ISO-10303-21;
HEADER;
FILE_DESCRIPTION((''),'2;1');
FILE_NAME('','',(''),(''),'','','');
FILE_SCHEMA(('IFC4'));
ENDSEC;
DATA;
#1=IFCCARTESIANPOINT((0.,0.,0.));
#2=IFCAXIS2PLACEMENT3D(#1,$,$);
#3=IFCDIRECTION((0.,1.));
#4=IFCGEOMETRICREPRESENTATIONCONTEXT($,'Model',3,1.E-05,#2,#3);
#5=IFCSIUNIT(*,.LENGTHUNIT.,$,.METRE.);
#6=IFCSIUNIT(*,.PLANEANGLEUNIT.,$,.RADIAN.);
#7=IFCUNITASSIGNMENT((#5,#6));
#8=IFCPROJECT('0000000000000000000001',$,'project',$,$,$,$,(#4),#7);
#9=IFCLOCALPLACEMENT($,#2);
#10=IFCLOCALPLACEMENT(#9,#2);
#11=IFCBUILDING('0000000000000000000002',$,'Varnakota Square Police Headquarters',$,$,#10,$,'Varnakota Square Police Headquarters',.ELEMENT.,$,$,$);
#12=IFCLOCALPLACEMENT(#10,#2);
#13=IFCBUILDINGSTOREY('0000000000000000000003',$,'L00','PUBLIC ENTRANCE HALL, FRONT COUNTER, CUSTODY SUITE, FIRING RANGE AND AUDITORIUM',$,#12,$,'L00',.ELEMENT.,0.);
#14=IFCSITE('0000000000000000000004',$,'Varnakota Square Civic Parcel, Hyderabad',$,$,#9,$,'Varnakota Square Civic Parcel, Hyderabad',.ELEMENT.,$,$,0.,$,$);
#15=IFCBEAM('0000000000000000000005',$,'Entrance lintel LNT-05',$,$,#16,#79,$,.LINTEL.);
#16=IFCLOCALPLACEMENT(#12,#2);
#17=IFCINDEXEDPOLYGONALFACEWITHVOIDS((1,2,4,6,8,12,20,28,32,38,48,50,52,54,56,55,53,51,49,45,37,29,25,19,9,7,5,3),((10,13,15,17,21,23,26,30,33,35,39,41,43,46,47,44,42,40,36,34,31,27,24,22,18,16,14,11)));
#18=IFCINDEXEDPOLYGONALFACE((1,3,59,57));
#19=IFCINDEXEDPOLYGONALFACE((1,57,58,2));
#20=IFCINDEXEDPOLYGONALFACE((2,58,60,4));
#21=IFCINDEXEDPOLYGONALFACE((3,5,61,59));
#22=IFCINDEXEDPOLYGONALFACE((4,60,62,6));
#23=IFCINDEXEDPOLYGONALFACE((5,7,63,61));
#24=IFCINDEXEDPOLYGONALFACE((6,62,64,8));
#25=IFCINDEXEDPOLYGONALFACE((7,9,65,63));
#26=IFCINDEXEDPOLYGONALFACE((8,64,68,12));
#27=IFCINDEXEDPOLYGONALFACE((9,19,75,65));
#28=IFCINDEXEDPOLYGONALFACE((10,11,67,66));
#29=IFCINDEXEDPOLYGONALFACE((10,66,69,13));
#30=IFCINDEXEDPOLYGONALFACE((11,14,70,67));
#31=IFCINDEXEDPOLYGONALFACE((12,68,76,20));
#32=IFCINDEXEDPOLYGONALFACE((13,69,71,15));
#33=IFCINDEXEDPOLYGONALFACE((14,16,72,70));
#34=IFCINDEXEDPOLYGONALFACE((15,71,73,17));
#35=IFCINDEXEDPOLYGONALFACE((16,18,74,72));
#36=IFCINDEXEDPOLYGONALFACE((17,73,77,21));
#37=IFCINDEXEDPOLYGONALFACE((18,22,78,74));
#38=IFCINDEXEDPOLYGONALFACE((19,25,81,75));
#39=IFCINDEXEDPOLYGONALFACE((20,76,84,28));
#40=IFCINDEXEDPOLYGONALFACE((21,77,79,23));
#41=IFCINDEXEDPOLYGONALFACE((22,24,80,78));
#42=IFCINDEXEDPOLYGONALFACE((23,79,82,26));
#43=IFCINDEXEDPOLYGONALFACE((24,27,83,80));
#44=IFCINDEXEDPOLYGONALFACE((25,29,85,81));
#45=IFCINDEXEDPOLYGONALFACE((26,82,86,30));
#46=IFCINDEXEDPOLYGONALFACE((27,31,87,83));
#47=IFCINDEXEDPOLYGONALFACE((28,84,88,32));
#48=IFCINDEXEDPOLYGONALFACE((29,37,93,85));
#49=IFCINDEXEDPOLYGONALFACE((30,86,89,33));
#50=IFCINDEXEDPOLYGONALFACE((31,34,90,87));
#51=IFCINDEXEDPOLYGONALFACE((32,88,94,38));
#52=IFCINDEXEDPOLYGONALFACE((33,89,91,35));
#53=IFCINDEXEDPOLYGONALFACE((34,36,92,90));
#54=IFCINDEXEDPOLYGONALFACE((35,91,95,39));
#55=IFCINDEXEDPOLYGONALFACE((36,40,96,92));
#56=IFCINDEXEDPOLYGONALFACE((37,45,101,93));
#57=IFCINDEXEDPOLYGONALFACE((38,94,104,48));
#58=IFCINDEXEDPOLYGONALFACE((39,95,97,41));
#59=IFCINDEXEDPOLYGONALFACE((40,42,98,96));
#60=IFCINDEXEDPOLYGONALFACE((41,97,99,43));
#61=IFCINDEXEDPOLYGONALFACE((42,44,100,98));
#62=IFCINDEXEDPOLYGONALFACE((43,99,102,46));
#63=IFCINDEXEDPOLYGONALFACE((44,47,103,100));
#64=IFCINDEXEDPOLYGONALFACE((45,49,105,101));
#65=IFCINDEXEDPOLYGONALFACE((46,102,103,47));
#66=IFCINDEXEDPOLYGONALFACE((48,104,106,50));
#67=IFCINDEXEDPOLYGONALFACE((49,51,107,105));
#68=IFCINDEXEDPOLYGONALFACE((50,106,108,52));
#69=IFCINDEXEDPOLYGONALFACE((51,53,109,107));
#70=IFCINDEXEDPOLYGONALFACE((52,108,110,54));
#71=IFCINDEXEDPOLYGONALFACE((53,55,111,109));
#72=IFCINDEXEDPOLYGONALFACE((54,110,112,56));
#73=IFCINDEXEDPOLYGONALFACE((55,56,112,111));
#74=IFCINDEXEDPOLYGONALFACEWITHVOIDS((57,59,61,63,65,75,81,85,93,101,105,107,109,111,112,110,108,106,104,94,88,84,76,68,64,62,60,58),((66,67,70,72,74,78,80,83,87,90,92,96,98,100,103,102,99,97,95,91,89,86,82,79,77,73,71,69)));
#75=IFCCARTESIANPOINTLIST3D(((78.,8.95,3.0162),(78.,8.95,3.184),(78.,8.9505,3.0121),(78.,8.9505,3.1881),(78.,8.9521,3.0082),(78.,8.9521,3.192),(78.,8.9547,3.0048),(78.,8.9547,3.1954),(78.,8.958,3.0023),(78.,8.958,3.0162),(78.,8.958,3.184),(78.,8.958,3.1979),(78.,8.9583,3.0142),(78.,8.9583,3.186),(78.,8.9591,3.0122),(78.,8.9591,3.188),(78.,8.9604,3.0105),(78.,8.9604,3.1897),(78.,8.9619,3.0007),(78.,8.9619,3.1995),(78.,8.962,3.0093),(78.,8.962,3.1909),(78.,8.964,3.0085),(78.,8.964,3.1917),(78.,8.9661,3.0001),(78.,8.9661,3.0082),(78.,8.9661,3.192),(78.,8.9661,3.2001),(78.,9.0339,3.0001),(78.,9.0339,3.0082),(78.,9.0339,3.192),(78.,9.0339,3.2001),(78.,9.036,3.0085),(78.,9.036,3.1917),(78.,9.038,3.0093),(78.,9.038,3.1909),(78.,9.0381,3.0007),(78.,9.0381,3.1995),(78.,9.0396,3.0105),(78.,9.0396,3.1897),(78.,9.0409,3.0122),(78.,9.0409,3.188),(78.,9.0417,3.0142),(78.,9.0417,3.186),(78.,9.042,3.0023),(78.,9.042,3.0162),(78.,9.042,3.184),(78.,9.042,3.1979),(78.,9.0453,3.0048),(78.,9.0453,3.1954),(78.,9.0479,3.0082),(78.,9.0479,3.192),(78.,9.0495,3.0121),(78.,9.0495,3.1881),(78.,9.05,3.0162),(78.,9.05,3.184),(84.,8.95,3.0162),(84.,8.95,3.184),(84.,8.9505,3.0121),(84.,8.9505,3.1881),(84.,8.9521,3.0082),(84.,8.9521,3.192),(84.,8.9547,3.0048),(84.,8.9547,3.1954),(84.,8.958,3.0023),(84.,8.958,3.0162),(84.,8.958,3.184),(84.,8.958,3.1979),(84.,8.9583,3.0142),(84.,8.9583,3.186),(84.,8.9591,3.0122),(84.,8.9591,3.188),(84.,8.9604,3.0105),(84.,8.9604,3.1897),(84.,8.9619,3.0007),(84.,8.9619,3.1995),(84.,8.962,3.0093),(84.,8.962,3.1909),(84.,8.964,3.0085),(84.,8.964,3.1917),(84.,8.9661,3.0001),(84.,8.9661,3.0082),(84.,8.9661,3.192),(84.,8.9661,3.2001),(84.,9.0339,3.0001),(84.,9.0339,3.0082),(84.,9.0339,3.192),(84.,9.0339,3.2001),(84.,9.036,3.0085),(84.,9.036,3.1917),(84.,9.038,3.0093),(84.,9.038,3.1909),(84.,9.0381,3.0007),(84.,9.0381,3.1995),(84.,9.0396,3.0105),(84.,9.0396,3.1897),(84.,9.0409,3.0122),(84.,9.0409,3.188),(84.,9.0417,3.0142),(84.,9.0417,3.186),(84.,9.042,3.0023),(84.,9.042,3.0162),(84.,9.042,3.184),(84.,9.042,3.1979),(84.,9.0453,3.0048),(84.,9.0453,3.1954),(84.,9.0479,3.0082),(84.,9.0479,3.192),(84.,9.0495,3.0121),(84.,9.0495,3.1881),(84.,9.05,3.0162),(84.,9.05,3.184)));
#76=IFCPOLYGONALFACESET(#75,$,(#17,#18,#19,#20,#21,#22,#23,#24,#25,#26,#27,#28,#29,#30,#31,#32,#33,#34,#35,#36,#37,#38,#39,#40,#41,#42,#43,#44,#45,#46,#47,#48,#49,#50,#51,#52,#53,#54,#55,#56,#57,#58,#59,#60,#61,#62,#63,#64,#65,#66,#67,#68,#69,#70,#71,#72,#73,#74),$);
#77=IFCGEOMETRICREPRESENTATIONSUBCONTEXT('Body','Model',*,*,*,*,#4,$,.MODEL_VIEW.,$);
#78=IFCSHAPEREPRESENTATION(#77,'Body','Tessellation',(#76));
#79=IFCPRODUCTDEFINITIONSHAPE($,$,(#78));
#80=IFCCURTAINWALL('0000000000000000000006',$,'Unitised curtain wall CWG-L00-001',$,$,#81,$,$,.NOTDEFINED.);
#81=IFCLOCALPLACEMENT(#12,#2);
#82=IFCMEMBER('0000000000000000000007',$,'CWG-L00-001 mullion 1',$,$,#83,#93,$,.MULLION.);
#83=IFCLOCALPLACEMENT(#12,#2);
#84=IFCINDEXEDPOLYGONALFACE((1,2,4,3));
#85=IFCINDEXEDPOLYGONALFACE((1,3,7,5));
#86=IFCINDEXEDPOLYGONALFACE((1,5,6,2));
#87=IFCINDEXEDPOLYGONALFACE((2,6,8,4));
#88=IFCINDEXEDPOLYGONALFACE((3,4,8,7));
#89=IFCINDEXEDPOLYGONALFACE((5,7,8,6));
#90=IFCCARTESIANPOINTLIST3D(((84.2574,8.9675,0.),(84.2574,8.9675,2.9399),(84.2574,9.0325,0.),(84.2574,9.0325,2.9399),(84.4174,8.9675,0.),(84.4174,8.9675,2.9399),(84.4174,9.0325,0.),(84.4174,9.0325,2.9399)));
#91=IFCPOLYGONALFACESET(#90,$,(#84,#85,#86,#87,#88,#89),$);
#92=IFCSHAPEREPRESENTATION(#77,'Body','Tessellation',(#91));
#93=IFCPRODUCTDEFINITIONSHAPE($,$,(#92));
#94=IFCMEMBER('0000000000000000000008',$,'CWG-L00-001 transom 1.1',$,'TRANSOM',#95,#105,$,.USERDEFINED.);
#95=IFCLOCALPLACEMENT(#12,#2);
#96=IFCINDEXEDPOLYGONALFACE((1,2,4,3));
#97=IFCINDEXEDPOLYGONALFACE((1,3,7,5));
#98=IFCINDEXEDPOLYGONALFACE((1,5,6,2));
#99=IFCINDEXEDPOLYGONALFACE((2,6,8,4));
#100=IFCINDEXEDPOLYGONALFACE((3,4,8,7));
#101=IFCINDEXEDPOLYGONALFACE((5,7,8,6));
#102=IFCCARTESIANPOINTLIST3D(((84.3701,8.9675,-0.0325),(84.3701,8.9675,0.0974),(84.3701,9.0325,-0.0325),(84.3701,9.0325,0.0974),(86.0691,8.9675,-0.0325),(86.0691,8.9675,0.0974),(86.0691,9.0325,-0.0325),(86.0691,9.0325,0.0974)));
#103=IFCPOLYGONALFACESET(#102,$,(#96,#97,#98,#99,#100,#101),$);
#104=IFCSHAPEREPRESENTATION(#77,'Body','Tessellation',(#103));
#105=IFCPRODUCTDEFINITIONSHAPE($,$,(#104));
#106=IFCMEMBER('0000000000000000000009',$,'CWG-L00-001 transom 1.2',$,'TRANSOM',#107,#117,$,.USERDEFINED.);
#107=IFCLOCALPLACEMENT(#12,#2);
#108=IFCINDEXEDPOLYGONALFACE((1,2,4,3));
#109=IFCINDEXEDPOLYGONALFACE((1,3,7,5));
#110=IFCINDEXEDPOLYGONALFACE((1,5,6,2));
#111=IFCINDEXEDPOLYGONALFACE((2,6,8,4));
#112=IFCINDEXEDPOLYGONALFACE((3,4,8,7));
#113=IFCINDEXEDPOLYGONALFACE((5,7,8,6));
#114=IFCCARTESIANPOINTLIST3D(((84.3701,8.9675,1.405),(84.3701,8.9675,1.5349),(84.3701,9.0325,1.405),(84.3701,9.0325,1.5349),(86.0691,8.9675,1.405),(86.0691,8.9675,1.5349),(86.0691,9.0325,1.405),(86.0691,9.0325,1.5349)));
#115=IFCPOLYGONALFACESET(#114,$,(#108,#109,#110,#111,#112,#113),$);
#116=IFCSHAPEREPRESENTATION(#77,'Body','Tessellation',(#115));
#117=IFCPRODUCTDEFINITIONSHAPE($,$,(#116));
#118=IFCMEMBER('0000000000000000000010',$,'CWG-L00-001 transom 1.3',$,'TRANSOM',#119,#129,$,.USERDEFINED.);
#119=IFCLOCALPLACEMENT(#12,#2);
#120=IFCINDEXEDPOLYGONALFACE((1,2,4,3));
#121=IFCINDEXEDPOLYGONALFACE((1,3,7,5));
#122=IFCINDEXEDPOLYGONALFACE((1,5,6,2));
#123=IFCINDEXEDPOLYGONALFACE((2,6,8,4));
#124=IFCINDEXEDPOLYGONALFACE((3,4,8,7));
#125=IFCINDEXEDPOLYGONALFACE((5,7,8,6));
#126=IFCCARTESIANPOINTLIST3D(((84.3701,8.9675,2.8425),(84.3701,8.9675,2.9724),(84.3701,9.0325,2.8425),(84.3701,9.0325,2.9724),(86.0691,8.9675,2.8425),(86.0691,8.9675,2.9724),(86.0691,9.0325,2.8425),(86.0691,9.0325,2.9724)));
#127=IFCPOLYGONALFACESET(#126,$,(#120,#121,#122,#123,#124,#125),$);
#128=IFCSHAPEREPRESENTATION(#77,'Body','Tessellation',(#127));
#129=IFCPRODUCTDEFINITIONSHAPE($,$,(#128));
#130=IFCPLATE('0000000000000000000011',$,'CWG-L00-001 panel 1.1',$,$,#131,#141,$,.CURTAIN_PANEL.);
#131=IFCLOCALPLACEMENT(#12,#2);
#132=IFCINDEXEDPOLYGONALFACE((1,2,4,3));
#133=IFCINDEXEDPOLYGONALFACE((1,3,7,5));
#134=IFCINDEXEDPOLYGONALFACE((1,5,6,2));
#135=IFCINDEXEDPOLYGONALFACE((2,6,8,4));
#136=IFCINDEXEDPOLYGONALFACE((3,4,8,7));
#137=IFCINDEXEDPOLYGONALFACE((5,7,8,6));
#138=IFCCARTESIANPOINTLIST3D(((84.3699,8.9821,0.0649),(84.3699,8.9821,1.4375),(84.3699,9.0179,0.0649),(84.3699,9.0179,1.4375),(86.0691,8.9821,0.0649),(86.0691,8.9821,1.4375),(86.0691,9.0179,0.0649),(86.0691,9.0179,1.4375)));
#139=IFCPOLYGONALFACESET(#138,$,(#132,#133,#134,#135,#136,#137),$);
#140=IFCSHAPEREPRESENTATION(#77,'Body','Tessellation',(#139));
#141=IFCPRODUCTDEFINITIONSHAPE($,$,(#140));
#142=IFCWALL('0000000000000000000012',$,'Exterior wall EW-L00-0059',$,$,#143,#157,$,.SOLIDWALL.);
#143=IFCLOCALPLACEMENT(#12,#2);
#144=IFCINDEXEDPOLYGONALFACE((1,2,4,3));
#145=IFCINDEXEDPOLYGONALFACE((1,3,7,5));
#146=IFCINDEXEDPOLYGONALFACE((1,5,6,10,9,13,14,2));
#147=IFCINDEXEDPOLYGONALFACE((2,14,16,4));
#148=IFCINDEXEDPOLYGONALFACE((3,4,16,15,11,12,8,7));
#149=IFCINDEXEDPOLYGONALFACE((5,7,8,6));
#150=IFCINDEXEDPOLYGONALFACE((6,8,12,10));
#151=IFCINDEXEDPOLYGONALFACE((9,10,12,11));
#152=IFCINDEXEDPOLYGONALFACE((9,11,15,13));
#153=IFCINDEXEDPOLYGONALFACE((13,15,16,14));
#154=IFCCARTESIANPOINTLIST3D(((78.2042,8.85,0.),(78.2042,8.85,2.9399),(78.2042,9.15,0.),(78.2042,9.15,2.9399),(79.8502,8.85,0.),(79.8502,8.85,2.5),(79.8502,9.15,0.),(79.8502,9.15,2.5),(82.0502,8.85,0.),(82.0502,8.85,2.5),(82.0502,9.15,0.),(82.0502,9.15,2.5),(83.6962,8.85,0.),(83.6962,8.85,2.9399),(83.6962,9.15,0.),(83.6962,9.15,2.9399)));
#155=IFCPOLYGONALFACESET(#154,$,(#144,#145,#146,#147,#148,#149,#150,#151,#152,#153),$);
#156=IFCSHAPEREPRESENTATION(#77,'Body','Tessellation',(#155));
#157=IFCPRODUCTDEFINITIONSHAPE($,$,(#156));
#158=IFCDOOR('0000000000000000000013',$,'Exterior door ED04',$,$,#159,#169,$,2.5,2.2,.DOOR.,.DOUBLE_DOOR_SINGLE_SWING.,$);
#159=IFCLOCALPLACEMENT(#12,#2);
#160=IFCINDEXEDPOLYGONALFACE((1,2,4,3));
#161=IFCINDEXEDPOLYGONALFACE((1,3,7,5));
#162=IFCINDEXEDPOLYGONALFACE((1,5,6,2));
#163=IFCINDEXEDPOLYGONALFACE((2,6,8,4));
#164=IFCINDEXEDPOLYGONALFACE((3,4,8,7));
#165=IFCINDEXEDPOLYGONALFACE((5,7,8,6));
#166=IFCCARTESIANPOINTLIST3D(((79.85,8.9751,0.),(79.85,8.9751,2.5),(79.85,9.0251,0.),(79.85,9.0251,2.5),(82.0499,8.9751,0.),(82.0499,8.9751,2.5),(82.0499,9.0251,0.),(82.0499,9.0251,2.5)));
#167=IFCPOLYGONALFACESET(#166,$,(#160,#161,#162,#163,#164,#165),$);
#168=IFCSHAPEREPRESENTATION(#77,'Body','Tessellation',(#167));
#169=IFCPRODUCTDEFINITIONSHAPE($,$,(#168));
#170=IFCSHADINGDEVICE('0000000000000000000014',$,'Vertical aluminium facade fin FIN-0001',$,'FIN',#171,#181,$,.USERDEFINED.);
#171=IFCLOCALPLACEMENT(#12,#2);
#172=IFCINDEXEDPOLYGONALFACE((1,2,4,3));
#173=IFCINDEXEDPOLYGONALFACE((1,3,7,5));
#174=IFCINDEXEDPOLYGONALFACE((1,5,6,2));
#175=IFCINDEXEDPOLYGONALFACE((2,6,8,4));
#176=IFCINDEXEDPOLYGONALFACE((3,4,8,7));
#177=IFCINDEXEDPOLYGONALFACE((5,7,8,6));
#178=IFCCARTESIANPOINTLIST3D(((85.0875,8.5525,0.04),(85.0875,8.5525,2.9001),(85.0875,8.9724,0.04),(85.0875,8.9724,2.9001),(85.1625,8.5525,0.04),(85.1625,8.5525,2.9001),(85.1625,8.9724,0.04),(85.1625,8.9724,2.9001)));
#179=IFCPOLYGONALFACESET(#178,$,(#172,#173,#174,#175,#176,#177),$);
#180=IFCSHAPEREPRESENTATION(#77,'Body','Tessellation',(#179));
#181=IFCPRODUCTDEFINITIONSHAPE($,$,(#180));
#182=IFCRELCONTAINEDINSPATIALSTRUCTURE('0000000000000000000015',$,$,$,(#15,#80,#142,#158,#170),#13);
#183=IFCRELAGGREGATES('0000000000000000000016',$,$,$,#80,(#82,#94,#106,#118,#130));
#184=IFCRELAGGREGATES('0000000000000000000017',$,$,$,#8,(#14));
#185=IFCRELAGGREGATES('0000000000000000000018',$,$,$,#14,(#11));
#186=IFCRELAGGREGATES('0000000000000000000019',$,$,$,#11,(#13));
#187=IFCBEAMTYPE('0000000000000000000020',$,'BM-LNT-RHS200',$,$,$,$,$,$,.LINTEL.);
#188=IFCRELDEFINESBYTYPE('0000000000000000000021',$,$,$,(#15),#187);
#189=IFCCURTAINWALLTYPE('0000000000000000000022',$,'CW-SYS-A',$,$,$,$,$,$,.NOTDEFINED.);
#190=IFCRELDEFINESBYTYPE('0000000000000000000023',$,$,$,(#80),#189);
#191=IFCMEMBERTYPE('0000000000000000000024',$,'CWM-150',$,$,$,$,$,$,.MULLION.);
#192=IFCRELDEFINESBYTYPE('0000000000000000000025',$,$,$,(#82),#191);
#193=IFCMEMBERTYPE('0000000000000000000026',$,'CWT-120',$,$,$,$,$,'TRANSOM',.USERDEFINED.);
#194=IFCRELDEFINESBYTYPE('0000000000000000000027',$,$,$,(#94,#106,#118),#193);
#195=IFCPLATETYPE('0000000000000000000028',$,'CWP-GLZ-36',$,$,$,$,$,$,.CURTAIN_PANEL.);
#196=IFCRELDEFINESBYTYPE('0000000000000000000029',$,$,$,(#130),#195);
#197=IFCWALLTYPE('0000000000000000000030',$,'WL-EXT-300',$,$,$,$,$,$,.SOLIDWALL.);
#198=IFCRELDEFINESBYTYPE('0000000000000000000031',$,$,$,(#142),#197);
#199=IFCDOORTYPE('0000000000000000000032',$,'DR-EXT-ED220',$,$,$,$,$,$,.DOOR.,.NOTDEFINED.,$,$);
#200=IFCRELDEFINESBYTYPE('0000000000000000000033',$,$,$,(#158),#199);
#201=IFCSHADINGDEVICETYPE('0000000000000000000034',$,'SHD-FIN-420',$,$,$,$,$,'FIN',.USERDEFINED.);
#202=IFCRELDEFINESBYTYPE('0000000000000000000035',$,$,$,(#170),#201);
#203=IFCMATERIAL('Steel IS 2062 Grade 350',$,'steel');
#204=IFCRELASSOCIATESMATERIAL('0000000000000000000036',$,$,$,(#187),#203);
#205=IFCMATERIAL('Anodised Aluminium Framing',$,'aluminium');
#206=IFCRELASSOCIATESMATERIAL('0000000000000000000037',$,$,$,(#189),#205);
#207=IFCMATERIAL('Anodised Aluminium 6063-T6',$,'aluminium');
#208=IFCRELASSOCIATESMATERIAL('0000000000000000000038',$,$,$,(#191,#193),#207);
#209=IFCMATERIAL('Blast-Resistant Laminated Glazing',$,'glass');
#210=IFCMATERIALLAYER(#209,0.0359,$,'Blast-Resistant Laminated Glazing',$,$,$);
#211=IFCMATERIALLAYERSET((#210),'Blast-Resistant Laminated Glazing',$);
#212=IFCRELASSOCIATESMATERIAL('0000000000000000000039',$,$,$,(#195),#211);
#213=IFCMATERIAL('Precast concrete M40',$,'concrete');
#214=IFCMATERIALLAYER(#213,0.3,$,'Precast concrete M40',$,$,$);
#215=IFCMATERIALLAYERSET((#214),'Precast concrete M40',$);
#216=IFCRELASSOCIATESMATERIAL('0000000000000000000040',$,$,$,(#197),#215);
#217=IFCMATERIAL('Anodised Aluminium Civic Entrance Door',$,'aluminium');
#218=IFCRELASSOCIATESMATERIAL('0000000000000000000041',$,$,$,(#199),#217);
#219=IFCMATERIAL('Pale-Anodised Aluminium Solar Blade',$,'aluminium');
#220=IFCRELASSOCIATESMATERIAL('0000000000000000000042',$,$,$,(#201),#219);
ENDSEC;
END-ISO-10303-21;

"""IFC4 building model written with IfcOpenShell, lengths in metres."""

from ifc_helpers import new_model, si_unit, direction, frame, frame_2d, origin, origin_2d, place, context, subcontext, project, spatial, rectangle, hollow_rectangle, extrude, material, layer, layer_set, material_profile, profile_set, type_object, element, fill, aggregate, save


model = new_model("IFC4")

# Units and contexts
model_context = context("Model", 3, precision=1e-05, world=origin(), true_north=direction((0.0, 1.0)))
body_context = subcontext(model_context, "Body", "Model", "MODEL_VIEW")
ifc_project = project(units=[si_unit("LENGTHUNIT", "METRE"), si_unit("PLANEANGLEUNIT", "RADIAN")], contexts=[model_context])

# Site, building, storey
site_placement = place(None, origin())
site = spatial("IfcSite", under=ifc_project, at=site_placement, Name="Varnakota Square Civic Parcel, Hyderabad", LongName="Varnakota Square Civic Parcel, Hyderabad", CompositionType="ELEMENT", RefElevation=0.0)
building_placement = place(site_placement, origin())
building = spatial("IfcBuilding", under=site, at=building_placement, Name="Varnakota Square Police Headquarters", LongName="Varnakota Square Police Headquarters", CompositionType="ELEMENT")
storey_placement = place(building_placement, origin())
storey = spatial("IfcBuildingStorey", under=building, at=storey_placement, Name="L00", Description="PUBLIC ENTRANCE HALL, FRONT COUNTER, CUSTODY SUITE, FIRING RANGE AND AUDITORIUM", LongName="L00", CompositionType="ELEMENT", Elevation=0.0)

# Beam
ifc_material_1 = material(Name="Steel IS 2062 Grade 350", Category="steel")
ifc_material_profile_1 = material_profile(ifc_material_1, hollow_rectangle(XDim=0.1001, YDim=0.2, WallThickness=0.0081, InnerFilletRadius=0.0081, OuterFilletRadius=0.0161, at=origin_2d()), Name="RHS 200x100x8")
ifc_profile_set_1 = profile_set([ifc_material_profile_1], Name="Steel IS 2062 Grade 350")
beam_type_1 = type_object("IfcBeamType", Name="BM-LNT-RHS200", PredefinedType="LINTEL", material=ifc_profile_set_1)
beam_1_placement = place(storey_placement, frame((78.0, 9.0, 3.1001), z_axis=(1.0, 0.0, 0.0), x_axis=(0.0, 1.0, 0.0)))
element("IfcBeam", 1, at=beam_1_placement, inside=storey, type_object=beam_type_1, Name="Entrance lintel LNT-05", PredefinedType="LINTEL", context=body_context, shape_type="SweptSolid", body=[
    extrude(hollow_rectangle(XDim=0.1001, YDim=0.2, WallThickness=0.0081, InnerFilletRadius=0.0081, OuterFilletRadius=0.0161, at=origin_2d()), origin(), (0.0, 0.0, 1.0), 6.0),
])

# Curtain wall, members, plate
ifc_material_2 = material(Name="Anodised Aluminium Framing", Category="aluminium")
curtain_wall_type = type_object("IfcCurtainWallType", Name="CW-SYS-A", PredefinedType="NOTDEFINED", material=ifc_material_2)
curtain_wall_placement = place(storey_placement, origin())
curtain_wall = element("IfcCurtainWall", 2, at=curtain_wall_placement, inside=storey, type_object=curtain_wall_type, Name="Unitised curtain wall CWG-L00-001", PredefinedType="NOTDEFINED")
ifc_material_3 = material(Name="Anodised Aluminium 6063-T6", Category="aluminium")
ifc_material_profile_2 = material_profile(ifc_material_3, rectangle(XDim=0.0649, YDim=0.1599, at=origin_2d()), Name="ALU MULLION 65x160")
ifc_profile_set_2 = profile_set([ifc_material_profile_2], Name="Anodised Aluminium 6063-T6")
member_type_1 = type_object("IfcMemberType", Name="CWM-150", PredefinedType="MULLION", material=ifc_profile_set_2)
member_1_placement = place(storey_placement, frame((84.3374, 9.0, 0.0), z_axis=(0.0, 0.0, 1.0), x_axis=(0.0, 1.0, 0.0)))
member_1 = element("IfcMember", 3, at=member_1_placement, type_object=member_type_1, Name="CWG-L00-001 mullion 1", PredefinedType="MULLION", context=body_context, shape_type="SweptSolid", body=[
    extrude(rectangle(XDim=0.0649, YDim=0.1599, at=origin_2d()), origin(), (0.0, 0.0, 1.0), 2.9399),
])
ifc_material_profile_3 = material_profile(ifc_material_3, rectangle(XDim=0.0649, YDim=0.1299, at=origin_2d()), Name="ALU TRANSOM 65x130")
ifc_profile_set_3 = profile_set([ifc_material_profile_3], Name="Anodised Aluminium 6063-T6")
member_type_2 = type_object("IfcMemberType", Name="CWT-120", ElementType="TRANSOM", PredefinedType="USERDEFINED", material=ifc_profile_set_3)
member_2_placement = place(storey_placement, frame((84.3701, 9.0, 0.0325), z_axis=(1.0, 0.0, 0.0), x_axis=(0.0, 1.0, 0.0)))
member_2 = element("IfcMember", 4, at=member_2_placement, type_object=member_type_2, Name="CWG-L00-001 transom 1.1", ObjectType="TRANSOM", PredefinedType="USERDEFINED", context=body_context, shape_type="SweptSolid", body=[
    extrude(rectangle(XDim=0.0649, YDim=0.1299, at=origin_2d()), origin(), (0.0, 0.0, 1.0), 1.699),
])
member_3_placement = place(storey_placement, frame((84.3701, 9.0, 1.47), z_axis=(1.0, 0.0, 0.0), x_axis=(0.0, 1.0, 0.0)))
member_3 = element("IfcMember", 5, at=member_3_placement, type_object=member_type_2, Name="CWG-L00-001 transom 1.2", ObjectType="TRANSOM", PredefinedType="USERDEFINED", context=body_context, shape_type="SweptSolid", body=[
    extrude(rectangle(XDim=0.0649, YDim=0.1299, at=origin_2d()), origin(), (0.0, 0.0, 1.0), 1.699),
])
member_4_placement = place(storey_placement, frame((84.3701, 9.0, 2.9075), z_axis=(1.0, 0.0, 0.0), x_axis=(0.0, 1.0, 0.0)))
member_4 = element("IfcMember", 6, at=member_4_placement, type_object=member_type_2, Name="CWG-L00-001 transom 1.3", ObjectType="TRANSOM", PredefinedType="USERDEFINED", context=body_context, shape_type="SweptSolid", body=[
    extrude(rectangle(XDim=0.0649, YDim=0.1299, at=origin_2d()), origin(), (0.0, 0.0, 1.0), 1.699),
])
ifc_material_4 = material(Name="Blast-Resistant Laminated Glazing", Category="glass")
ifc_layer_1 = layer(ifc_material_4, 0.0359, Name="Blast-Resistant Laminated Glazing")
ifc_layer_set_1 = layer_set([ifc_layer_1], Name="Blast-Resistant Laminated Glazing")
plate_type = type_object("IfcPlateType", Name="CWP-GLZ-36", PredefinedType="CURTAIN_PANEL", material=ifc_layer_set_1)
plate_placement = place(storey_placement, frame((85.2195, 9.0, 0.0649), z_axis=(0.0, 0.0, 1.0), x_axis=(1.0, 0.0, 0.0)))
plate = element("IfcPlate", 7, at=plate_placement, type_object=plate_type, Name="CWG-L00-001 panel 1.1", PredefinedType="CURTAIN_PANEL", context=body_context, shape_type="SweptSolid", body=[
    extrude(rectangle(XDim=1.6992, YDim=0.0359, at=origin_2d()), origin(), (0.0, 0.0, 1.0), 1.3726),
])
aggregate(curtain_wall, [member_1, member_2, member_3, member_4, plate])

# Wall, opening, door
ifc_material_5 = material(Name="Precast concrete M40", Category="concrete")
ifc_layer_2 = layer(ifc_material_5, 0.3, Name="Precast concrete M40")
ifc_layer_set_2 = layer_set([ifc_layer_2], Name="Precast concrete M40")
wall_type = type_object("IfcWallType", Name="WL-EXT-300", PredefinedType="SOLIDWALL", material=ifc_layer_set_2)
wall_placement = place(storey_placement, frame((78.2041, 9.0, 0.0), z_axis=(0.0, 0.0, 1.0), x_axis=(1.0, 0.0, 0.0)))
wall = element("IfcWall", 8, at=wall_placement, inside=storey, type_object=wall_type, Name="Exterior wall EW-L00-0059", PredefinedType="SOLIDWALL", context=body_context, shape_type="SweptSolid", body=[
    extrude(rectangle(XDim=5.4919, YDim=0.3, at=frame_2d((2.7461, 0.0))), origin(), (0.0, 0.0, 1.0), 2.9399),
])
opening_placement = place(wall_placement, frame((1.646, 0.0, 0.0)))
opening = element("IfcOpeningElement", 9, at=opening_placement, cuts=wall, PredefinedType="OPENING", context=body_context, shape_type="SweptSolid", body=[
    extrude(rectangle(XDim=2.2, YDim=2.5, at=frame_2d((1.1001, 1.25))), frame((0.0, 0.1599, 0.0), z_axis=(0.0, -1.0, 0.0), x_axis=(1.0, 0.0, 0.0)), (0.0, 0.0, 1.0), 0.3201),
])
ifc_material_6 = material(Name="Anodised Aluminium Civic Entrance Door", Category="aluminium")
door_type = type_object("IfcDoorType", Name="DR-EXT-ED220", OperationType="NOTDEFINED", PredefinedType="DOOR", material=ifc_material_6)
door_placement = place(opening_placement, frame((2.2, 0.0, 0.0), z_axis=(0.0, 0.0, 1.0), x_axis=(-1.0, 0.0, 0.0)))
door = element("IfcDoor", 10, at=door_placement, inside=storey, type_object=door_type, Name="Exterior door ED04", OperationType="DOUBLE_DOOR_SINGLE_SWING", OverallHeight=2.5, OverallWidth=2.2, PredefinedType="DOOR", context=body_context, shape_type="SweptSolid", body=[
    extrude(rectangle(XDim=2.2, YDim=2.5, at=frame_2d((1.1001, 1.25))), frame((0.0, 0.0249, 0.0), z_axis=(0.0, -1.0, 0.0), x_axis=(1.0, 0.0, 0.0)), (0.0, 0.0, 1.0), 0.05),
])
fill(opening, door)

# Shading device
ifc_material_7 = material(Name="Pale-Anodised Aluminium Solar Blade", Category="aluminium")
shading_device_type = type_object("IfcShadingDeviceType", Name="SHD-FIN-420", ElementType="FIN", PredefinedType="USERDEFINED", material=ifc_material_7)
shading_device_placement = place(storey_placement, frame((85.125, 8.7625, 0.04), z_axis=(0.0, 0.0, 1.0), x_axis=(1.0, 0.0, 0.0)))
element("IfcShadingDevice", 11, at=shading_device_placement, inside=storey, type_object=shading_device_type, Name="Vertical aluminium facade fin FIN-0001", ObjectType="FIN", PredefinedType="USERDEFINED", context=body_context, shape_type="SweptSolid", body=[
    extrude(rectangle(XDim=0.075, YDim=0.4199, at=origin_2d()), origin(), (0.0, 0.0, 1.0), 2.8601),
])

save(model, "model.ifc")
